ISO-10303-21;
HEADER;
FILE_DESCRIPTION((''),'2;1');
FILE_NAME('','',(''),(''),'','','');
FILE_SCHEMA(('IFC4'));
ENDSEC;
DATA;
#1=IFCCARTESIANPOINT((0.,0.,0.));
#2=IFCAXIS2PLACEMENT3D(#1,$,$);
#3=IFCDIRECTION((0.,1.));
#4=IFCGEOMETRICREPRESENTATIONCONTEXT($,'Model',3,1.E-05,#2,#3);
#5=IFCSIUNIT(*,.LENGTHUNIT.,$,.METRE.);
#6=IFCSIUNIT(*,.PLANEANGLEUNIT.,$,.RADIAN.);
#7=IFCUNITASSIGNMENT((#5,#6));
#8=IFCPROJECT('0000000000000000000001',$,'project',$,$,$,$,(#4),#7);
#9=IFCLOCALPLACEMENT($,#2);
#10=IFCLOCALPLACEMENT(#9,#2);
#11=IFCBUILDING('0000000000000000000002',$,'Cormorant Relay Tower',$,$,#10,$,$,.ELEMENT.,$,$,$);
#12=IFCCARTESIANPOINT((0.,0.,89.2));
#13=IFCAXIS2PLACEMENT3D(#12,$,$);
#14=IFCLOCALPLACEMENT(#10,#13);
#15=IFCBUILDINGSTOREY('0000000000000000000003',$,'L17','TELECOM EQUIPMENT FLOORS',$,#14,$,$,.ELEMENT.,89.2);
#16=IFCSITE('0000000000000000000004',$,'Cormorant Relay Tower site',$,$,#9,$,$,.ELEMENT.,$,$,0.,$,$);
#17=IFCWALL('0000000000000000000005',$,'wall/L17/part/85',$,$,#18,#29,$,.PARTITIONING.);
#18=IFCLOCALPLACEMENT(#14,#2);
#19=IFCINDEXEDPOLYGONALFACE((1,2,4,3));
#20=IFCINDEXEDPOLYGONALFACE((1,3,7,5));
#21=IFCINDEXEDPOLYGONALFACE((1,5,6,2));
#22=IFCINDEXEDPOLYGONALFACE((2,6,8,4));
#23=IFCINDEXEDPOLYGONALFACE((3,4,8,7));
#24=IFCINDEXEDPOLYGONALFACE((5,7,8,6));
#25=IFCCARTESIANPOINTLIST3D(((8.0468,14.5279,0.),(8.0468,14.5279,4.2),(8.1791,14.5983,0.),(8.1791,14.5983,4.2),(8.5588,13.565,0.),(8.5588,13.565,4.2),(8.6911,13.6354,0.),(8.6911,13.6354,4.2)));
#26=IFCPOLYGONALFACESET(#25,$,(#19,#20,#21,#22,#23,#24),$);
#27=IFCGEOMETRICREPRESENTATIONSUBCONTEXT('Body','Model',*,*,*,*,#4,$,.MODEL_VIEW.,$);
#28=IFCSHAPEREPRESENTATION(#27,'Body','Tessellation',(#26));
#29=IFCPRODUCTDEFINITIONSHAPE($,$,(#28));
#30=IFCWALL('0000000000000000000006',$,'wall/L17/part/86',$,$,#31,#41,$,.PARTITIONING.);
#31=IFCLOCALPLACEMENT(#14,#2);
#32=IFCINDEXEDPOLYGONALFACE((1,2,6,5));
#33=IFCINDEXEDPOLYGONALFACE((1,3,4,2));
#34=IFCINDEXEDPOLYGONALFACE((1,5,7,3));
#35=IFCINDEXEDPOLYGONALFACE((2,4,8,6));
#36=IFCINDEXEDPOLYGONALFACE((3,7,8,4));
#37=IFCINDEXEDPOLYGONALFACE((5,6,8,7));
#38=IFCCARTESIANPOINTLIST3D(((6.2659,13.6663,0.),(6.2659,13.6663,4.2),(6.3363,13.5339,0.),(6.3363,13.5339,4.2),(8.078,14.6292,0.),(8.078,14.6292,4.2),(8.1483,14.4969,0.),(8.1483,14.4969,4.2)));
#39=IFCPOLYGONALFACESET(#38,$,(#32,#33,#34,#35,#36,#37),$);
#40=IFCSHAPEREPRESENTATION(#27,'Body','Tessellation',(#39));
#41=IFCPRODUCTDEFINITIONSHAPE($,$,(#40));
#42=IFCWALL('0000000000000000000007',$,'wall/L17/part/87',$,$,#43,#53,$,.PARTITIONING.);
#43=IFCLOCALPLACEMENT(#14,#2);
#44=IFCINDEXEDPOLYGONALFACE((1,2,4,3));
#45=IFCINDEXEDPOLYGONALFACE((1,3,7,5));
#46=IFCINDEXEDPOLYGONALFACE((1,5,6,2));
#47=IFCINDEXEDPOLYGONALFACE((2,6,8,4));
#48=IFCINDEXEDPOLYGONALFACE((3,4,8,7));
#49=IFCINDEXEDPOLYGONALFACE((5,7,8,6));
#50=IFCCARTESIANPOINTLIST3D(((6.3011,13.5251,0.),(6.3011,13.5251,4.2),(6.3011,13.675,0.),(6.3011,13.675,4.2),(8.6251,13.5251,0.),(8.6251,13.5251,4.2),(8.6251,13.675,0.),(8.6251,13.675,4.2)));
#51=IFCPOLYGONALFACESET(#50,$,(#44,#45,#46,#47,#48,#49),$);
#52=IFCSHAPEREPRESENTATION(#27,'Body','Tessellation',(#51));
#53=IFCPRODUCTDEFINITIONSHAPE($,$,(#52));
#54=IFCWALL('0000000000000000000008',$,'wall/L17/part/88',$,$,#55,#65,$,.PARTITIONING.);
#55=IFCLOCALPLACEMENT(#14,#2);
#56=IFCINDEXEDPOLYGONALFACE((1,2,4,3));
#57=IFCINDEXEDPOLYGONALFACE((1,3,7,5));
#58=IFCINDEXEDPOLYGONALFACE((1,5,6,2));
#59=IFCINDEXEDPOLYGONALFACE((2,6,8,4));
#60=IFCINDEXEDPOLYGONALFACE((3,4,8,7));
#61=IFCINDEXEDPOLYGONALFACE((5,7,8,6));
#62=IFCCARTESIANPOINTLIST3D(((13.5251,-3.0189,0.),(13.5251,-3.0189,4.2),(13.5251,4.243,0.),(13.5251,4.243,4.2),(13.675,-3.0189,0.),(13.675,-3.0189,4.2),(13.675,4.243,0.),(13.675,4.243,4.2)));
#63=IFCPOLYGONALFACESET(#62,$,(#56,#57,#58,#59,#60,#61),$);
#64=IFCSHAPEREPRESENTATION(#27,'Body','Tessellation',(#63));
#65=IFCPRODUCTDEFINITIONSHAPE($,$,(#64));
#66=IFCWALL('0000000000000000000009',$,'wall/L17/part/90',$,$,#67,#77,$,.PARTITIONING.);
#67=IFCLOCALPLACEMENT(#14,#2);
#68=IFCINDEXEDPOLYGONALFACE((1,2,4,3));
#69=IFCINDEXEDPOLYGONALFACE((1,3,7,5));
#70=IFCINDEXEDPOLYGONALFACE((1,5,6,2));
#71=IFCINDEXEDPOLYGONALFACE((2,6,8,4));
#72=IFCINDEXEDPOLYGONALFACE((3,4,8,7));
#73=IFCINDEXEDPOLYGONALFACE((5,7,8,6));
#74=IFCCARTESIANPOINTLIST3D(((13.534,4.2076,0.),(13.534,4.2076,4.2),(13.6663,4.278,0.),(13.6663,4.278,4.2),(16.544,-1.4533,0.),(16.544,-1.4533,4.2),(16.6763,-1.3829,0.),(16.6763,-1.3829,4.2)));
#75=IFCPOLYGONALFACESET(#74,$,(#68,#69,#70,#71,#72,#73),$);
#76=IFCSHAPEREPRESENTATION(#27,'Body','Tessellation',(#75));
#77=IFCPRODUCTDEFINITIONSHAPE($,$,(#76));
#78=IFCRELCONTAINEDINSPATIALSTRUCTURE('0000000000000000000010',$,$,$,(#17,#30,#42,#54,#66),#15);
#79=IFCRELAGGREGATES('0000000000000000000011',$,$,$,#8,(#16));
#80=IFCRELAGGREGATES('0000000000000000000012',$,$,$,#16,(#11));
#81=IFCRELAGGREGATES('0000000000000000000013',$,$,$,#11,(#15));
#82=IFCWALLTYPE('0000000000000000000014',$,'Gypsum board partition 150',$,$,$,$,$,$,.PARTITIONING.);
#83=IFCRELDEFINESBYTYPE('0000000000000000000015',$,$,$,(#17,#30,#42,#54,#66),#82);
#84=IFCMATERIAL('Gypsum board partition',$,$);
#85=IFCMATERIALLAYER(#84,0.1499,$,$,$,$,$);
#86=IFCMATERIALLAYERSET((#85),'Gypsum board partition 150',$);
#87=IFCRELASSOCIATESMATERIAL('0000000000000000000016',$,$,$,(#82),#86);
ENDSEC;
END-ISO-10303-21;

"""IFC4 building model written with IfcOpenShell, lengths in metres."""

from ifc_helpers import new_model, si_unit, direction, frame, frame_2d, origin, place, context, subcontext, project, spatial, rectangle, extrude, material, layer, layer_set, type_object, element, save


model = new_model("IFC4")

# Units and contexts
model_context = context("Model", 3, precision=1e-05, world=origin(), true_north=direction((0.0, 1.0)))
body_context = subcontext(model_context, "Body", "Model", "MODEL_VIEW")
ifc_project = project(units=[si_unit("LENGTHUNIT", "METRE"), si_unit("PLANEANGLEUNIT", "RADIAN")], contexts=[model_context])

# Site, building, storey
site_placement = place(None, origin())
site = spatial("IfcSite", under=ifc_project, at=site_placement, Name="Cormorant Relay Tower site", CompositionType="ELEMENT", RefElevation=0.0)
building_placement = place(site_placement, origin())
building = spatial("IfcBuilding", under=site, at=building_placement, Name="Cormorant Relay Tower", CompositionType="ELEMENT")
storey_placement = place(building_placement, frame((0.0, 0.0, 89.2)))
storey = spatial("IfcBuildingStorey", under=building, at=storey_placement, Name="L17", Description="TELECOM EQUIPMENT FLOORS", CompositionType="ELEMENT", Elevation=89.2)

# Walls
ifc_material_1 = material(Name="Gypsum board partition")
ifc_layer_1 = layer(ifc_material_1, 0.1499)
ifc_layer_set_1 = layer_set([ifc_layer_1], Name="Gypsum board partition 150")
wall_type_1 = type_object("IfcWallType", Name="Gypsum board partition 150", PredefinedType="PARTITIONING", material=ifc_layer_set_1)
wall_1_placement = place(storey_placement, frame((8.625, 13.6001, 0.0), z_axis=(0.0, 0.0, 1.0), x_axis=(-0.469461, 0.882953, 0.0)))
element("IfcWall", 1, at=wall_1_placement, inside=storey, type_object=wall_type_1, Name="wall/L17/part/85", PredefinedType="PARTITIONING", context=body_context, shape_type="SweptSolid", body=[
    extrude(rectangle(XDim=1.0906, YDim=0.1499, at=frame_2d((0.5454, 0.0))), origin(), (0.0, 0.0, 1.0), 4.2),
])
wall_2_placement = place(storey_placement, frame((8.113, 14.563, 0.0), z_axis=(0.0, 0.0, 1.0), x_axis=(-0.883063, -0.469254, 0.0)))
element("IfcWall", 2, at=wall_2_placement, inside=storey, type_object=wall_type_1, Name="wall/L17/part/86", PredefinedType="PARTITIONING", context=body_context, shape_type="SweptSolid", body=[
    extrude(rectangle(XDim=2.052, YDim=0.1499, at=frame_2d((1.0259, 0.0))), origin(), (0.0, 0.0, 1.0), 4.2),
])
wall_3_placement = place(storey_placement, frame((6.301, 13.6001, 0.0), z_axis=(0.0, 0.0, 1.0), x_axis=(1.0, 0.0, 0.0)))
element("IfcWall", 3, at=wall_3_placement, inside=storey, type_object=wall_type_1, Name="wall/L17/part/87", PredefinedType="PARTITIONING", context=body_context, shape_type="SweptSolid", body=[
    extrude(rectangle(XDim=2.324, YDim=0.1499, at=frame_2d((1.1621, 0.0))), origin(), (0.0, 0.0, 1.0), 4.2),
])
wall_4_placement = place(storey_placement, frame((13.6001, 4.2429, 0.0), z_axis=(0.0, 0.0, 1.0), x_axis=(0.0, -1.0, 0.0)))
element("IfcWall", 4, at=wall_4_placement, inside=storey, type_object=wall_type_1, Name="wall/L17/part/88", PredefinedType="PARTITIONING", context=body_context, shape_type="SweptSolid", body=[
    extrude(rectangle(XDim=7.262, YDim=0.1499, at=frame_2d((3.6309, 0.0))), origin(), (0.0, 0.0, 1.0), 4.2),
])
wall_5_placement = place(storey_placement, frame((16.6101, -1.418, 0.0), z_axis=(0.0, 0.0, 1.0), x_axis=(-0.469479, 0.882944, 0.0)))
element("IfcWall", 5, at=wall_5_placement, inside=storey, type_object=wall_type_1, Name="wall/L17/part/90", PredefinedType="PARTITIONING", context=body_context, shape_type="SweptSolid", body=[
    extrude(rectangle(XDim=6.4114, YDim=0.1499, at=frame_2d((3.2056, 0.0))), origin(), (0.0, 0.0, 1.0), 4.2),
])

save(model, "model.ifc")
